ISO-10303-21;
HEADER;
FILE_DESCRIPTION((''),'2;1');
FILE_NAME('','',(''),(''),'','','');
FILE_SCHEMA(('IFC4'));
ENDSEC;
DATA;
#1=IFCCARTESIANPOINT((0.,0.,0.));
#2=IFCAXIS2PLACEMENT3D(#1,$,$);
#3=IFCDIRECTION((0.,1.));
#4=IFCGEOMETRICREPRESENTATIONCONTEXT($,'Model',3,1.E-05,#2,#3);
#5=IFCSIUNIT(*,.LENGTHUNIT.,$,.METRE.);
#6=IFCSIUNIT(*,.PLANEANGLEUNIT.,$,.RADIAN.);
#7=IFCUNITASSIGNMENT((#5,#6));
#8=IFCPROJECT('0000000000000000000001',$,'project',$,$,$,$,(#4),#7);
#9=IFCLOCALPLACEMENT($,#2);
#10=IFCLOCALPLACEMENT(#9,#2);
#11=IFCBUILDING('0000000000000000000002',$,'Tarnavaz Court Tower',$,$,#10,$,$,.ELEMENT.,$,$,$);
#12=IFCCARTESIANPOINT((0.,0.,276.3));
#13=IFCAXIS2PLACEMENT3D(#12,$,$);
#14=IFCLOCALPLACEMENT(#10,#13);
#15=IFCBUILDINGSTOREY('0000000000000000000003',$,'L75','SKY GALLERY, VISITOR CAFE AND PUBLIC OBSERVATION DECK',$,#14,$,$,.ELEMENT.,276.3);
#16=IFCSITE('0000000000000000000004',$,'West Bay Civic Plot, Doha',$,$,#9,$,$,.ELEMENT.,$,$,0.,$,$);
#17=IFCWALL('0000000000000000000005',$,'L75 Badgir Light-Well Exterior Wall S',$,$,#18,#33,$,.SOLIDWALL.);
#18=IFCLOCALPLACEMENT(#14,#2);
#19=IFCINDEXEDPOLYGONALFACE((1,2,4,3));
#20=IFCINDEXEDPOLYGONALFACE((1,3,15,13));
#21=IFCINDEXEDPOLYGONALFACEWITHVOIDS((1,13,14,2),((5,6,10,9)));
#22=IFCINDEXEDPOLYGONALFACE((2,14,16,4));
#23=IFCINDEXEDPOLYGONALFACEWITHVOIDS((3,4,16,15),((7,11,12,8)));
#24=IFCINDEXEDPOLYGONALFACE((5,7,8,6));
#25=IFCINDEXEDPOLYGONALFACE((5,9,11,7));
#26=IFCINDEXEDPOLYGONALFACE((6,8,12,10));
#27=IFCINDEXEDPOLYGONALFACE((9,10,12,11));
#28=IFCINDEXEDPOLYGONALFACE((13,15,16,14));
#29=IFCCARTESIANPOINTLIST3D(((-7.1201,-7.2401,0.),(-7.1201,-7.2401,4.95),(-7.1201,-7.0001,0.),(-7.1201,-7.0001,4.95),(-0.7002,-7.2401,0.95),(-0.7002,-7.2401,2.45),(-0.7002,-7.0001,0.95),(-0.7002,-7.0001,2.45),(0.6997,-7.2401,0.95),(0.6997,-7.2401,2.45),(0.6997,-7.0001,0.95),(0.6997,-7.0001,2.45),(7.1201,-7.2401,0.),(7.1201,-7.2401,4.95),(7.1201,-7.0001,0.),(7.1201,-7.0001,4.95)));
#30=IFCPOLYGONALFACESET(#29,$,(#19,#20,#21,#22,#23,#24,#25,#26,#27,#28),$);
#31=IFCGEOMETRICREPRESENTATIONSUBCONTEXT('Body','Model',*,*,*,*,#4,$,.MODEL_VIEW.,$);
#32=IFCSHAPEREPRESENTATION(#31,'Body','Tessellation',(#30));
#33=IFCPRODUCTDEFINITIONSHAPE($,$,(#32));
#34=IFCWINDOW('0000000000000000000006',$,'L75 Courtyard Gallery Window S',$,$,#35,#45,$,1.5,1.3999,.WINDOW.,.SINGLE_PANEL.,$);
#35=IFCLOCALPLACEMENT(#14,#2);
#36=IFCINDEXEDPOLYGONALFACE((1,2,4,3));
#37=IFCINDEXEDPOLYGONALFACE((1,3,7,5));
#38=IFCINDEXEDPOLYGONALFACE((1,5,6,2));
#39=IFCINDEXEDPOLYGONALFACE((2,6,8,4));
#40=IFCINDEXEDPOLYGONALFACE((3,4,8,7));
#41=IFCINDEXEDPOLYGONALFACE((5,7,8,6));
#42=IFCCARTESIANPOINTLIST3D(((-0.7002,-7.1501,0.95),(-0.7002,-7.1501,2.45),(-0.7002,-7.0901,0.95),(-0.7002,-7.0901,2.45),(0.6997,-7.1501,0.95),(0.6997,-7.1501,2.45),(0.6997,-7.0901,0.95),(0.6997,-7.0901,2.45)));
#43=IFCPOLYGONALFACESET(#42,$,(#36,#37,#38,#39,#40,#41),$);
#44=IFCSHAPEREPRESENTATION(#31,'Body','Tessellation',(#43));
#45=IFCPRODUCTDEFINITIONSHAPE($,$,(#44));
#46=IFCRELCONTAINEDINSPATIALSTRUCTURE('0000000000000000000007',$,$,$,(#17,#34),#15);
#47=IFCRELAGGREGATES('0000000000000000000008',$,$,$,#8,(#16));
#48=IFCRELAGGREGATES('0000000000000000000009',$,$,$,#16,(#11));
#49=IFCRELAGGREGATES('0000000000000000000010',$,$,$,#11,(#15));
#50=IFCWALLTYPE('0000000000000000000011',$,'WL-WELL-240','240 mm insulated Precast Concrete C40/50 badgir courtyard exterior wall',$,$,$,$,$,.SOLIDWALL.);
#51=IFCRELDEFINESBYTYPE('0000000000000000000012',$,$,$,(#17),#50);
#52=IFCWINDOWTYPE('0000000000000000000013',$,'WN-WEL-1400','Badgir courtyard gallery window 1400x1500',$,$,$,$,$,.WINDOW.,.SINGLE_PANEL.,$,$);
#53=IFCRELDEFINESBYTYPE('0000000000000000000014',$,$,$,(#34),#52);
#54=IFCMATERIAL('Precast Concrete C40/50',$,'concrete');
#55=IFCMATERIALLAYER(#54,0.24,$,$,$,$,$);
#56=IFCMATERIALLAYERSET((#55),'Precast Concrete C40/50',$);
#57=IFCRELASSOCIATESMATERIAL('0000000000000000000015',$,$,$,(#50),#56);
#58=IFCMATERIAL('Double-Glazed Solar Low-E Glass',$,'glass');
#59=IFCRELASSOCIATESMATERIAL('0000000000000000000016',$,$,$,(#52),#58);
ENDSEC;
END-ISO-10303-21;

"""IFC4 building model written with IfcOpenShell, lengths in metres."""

from ifc_helpers import new_model, si_unit, direction, frame, frame_2d, origin, place, context, subcontext, project, spatial, rectangle, extrude, material, layer, layer_set, type_object, element, fill, save


model = new_model("IFC4")

# Units and contexts
model_context = context("Model", 3, precision=1e-05, world=origin(), true_north=direction((0.0, 1.0)))
body_context = subcontext(model_context, "Body", "Model", "MODEL_VIEW")
ifc_project = project(units=[si_unit("LENGTHUNIT", "METRE"), si_unit("PLANEANGLEUNIT", "RADIAN")], contexts=[model_context])

# Site, building, storey
site_placement = place(None, origin())
site = spatial("IfcSite", under=ifc_project, at=site_placement, Name="West Bay Civic Plot, Doha", CompositionType="ELEMENT", RefElevation=0.0)
building_placement = place(site_placement, origin())
building = spatial("IfcBuilding", under=site, at=building_placement, Name="Tarnavaz Court Tower", CompositionType="ELEMENT")
storey_placement = place(building_placement, frame((0.0, 0.0, 276.3)))
storey = spatial("IfcBuildingStorey", under=building, at=storey_placement, Name="L75", Description="SKY GALLERY, VISITOR CAFE AND PUBLIC OBSERVATION DECK", CompositionType="ELEMENT", Elevation=276.3)

# Wall, opening, window
ifc_material_1 = material(Name="Precast Concrete C40/50", Category="concrete")
ifc_layer_1 = layer(ifc_material_1, 0.24)
ifc_layer_set_1 = layer_set([ifc_layer_1], Name="Precast Concrete C40/50")
wall_type_1 = type_object("IfcWallType", Name="WL-WELL-240", Description="240 mm insulated Precast Concrete C40/50 badgir courtyard exterior wall", PredefinedType="SOLIDWALL", material=ifc_layer_set_1)
wall_1_placement = place(storey_placement, frame((-7.1201, -7.1201, 0.0), z_axis=(0.0, 0.0, 1.0), x_axis=(1.0, 0.0, 0.0)))
wall_1 = element("IfcWall", 1, at=wall_1_placement, inside=storey, type_object=wall_type_1, Name="L75 Badgir Light-Well Exterior Wall S", PredefinedType="SOLIDWALL", context=body_context, shape_type="SweptSolid", body=[
    extrude(rectangle(XDim=14.2402, YDim=0.24, at=frame_2d((7.1201, 0.0))), origin(), (0.0, 0.0, 1.0), 4.95),
])
opening_1_placement = place(wall_1_placement, frame((6.4199, 0.0, 0.95)))
opening_1 = element("IfcOpeningElement", 2, at=opening_1_placement, cuts=wall_1, PredefinedType="OPENING", context=body_context, shape_type="SweptSolid", body=[
    extrude(rectangle(XDim=1.3999, YDim=1.5, at=frame_2d((0.7, 0.75))), frame((0.0, 0.1299, 0.0), z_axis=(0.0, -1.0, 0.0), x_axis=(1.0, 0.0, 0.0)), (0.0, 0.0, 1.0), 0.26),
])
ifc_material_2 = material(Name="Double-Glazed Solar Low-E Glass", Category="glass")
window_type = type_object("IfcWindowType", Name="WN-WEL-1400", Description="Badgir courtyard gallery window 1400x1500", PartitioningType="SINGLE_PANEL", PredefinedType="WINDOW", material=ifc_material_2)
window_placement = place(opening_1_placement, origin())
window = element("IfcWindow", 3, at=window_placement, inside=storey, type_object=window_type, Name="L75 Courtyard Gallery Window S", OverallHeight=1.5, OverallWidth=1.3999, PartitioningType="SINGLE_PANEL", PredefinedType="WINDOW", context=body_context, shape_type="SweptSolid", body=[
    extrude(rectangle(XDim=1.3999, YDim=1.5, at=frame_2d((0.7, 0.75))), frame((0.0, 0.03, 0.0), z_axis=(0.0, -1.0, 0.0), x_axis=(1.0, 0.0, 0.0)), (0.0, 0.0, 1.0), 0.0601),
])
fill(opening_1, window)

save(model, "model.ifc")
